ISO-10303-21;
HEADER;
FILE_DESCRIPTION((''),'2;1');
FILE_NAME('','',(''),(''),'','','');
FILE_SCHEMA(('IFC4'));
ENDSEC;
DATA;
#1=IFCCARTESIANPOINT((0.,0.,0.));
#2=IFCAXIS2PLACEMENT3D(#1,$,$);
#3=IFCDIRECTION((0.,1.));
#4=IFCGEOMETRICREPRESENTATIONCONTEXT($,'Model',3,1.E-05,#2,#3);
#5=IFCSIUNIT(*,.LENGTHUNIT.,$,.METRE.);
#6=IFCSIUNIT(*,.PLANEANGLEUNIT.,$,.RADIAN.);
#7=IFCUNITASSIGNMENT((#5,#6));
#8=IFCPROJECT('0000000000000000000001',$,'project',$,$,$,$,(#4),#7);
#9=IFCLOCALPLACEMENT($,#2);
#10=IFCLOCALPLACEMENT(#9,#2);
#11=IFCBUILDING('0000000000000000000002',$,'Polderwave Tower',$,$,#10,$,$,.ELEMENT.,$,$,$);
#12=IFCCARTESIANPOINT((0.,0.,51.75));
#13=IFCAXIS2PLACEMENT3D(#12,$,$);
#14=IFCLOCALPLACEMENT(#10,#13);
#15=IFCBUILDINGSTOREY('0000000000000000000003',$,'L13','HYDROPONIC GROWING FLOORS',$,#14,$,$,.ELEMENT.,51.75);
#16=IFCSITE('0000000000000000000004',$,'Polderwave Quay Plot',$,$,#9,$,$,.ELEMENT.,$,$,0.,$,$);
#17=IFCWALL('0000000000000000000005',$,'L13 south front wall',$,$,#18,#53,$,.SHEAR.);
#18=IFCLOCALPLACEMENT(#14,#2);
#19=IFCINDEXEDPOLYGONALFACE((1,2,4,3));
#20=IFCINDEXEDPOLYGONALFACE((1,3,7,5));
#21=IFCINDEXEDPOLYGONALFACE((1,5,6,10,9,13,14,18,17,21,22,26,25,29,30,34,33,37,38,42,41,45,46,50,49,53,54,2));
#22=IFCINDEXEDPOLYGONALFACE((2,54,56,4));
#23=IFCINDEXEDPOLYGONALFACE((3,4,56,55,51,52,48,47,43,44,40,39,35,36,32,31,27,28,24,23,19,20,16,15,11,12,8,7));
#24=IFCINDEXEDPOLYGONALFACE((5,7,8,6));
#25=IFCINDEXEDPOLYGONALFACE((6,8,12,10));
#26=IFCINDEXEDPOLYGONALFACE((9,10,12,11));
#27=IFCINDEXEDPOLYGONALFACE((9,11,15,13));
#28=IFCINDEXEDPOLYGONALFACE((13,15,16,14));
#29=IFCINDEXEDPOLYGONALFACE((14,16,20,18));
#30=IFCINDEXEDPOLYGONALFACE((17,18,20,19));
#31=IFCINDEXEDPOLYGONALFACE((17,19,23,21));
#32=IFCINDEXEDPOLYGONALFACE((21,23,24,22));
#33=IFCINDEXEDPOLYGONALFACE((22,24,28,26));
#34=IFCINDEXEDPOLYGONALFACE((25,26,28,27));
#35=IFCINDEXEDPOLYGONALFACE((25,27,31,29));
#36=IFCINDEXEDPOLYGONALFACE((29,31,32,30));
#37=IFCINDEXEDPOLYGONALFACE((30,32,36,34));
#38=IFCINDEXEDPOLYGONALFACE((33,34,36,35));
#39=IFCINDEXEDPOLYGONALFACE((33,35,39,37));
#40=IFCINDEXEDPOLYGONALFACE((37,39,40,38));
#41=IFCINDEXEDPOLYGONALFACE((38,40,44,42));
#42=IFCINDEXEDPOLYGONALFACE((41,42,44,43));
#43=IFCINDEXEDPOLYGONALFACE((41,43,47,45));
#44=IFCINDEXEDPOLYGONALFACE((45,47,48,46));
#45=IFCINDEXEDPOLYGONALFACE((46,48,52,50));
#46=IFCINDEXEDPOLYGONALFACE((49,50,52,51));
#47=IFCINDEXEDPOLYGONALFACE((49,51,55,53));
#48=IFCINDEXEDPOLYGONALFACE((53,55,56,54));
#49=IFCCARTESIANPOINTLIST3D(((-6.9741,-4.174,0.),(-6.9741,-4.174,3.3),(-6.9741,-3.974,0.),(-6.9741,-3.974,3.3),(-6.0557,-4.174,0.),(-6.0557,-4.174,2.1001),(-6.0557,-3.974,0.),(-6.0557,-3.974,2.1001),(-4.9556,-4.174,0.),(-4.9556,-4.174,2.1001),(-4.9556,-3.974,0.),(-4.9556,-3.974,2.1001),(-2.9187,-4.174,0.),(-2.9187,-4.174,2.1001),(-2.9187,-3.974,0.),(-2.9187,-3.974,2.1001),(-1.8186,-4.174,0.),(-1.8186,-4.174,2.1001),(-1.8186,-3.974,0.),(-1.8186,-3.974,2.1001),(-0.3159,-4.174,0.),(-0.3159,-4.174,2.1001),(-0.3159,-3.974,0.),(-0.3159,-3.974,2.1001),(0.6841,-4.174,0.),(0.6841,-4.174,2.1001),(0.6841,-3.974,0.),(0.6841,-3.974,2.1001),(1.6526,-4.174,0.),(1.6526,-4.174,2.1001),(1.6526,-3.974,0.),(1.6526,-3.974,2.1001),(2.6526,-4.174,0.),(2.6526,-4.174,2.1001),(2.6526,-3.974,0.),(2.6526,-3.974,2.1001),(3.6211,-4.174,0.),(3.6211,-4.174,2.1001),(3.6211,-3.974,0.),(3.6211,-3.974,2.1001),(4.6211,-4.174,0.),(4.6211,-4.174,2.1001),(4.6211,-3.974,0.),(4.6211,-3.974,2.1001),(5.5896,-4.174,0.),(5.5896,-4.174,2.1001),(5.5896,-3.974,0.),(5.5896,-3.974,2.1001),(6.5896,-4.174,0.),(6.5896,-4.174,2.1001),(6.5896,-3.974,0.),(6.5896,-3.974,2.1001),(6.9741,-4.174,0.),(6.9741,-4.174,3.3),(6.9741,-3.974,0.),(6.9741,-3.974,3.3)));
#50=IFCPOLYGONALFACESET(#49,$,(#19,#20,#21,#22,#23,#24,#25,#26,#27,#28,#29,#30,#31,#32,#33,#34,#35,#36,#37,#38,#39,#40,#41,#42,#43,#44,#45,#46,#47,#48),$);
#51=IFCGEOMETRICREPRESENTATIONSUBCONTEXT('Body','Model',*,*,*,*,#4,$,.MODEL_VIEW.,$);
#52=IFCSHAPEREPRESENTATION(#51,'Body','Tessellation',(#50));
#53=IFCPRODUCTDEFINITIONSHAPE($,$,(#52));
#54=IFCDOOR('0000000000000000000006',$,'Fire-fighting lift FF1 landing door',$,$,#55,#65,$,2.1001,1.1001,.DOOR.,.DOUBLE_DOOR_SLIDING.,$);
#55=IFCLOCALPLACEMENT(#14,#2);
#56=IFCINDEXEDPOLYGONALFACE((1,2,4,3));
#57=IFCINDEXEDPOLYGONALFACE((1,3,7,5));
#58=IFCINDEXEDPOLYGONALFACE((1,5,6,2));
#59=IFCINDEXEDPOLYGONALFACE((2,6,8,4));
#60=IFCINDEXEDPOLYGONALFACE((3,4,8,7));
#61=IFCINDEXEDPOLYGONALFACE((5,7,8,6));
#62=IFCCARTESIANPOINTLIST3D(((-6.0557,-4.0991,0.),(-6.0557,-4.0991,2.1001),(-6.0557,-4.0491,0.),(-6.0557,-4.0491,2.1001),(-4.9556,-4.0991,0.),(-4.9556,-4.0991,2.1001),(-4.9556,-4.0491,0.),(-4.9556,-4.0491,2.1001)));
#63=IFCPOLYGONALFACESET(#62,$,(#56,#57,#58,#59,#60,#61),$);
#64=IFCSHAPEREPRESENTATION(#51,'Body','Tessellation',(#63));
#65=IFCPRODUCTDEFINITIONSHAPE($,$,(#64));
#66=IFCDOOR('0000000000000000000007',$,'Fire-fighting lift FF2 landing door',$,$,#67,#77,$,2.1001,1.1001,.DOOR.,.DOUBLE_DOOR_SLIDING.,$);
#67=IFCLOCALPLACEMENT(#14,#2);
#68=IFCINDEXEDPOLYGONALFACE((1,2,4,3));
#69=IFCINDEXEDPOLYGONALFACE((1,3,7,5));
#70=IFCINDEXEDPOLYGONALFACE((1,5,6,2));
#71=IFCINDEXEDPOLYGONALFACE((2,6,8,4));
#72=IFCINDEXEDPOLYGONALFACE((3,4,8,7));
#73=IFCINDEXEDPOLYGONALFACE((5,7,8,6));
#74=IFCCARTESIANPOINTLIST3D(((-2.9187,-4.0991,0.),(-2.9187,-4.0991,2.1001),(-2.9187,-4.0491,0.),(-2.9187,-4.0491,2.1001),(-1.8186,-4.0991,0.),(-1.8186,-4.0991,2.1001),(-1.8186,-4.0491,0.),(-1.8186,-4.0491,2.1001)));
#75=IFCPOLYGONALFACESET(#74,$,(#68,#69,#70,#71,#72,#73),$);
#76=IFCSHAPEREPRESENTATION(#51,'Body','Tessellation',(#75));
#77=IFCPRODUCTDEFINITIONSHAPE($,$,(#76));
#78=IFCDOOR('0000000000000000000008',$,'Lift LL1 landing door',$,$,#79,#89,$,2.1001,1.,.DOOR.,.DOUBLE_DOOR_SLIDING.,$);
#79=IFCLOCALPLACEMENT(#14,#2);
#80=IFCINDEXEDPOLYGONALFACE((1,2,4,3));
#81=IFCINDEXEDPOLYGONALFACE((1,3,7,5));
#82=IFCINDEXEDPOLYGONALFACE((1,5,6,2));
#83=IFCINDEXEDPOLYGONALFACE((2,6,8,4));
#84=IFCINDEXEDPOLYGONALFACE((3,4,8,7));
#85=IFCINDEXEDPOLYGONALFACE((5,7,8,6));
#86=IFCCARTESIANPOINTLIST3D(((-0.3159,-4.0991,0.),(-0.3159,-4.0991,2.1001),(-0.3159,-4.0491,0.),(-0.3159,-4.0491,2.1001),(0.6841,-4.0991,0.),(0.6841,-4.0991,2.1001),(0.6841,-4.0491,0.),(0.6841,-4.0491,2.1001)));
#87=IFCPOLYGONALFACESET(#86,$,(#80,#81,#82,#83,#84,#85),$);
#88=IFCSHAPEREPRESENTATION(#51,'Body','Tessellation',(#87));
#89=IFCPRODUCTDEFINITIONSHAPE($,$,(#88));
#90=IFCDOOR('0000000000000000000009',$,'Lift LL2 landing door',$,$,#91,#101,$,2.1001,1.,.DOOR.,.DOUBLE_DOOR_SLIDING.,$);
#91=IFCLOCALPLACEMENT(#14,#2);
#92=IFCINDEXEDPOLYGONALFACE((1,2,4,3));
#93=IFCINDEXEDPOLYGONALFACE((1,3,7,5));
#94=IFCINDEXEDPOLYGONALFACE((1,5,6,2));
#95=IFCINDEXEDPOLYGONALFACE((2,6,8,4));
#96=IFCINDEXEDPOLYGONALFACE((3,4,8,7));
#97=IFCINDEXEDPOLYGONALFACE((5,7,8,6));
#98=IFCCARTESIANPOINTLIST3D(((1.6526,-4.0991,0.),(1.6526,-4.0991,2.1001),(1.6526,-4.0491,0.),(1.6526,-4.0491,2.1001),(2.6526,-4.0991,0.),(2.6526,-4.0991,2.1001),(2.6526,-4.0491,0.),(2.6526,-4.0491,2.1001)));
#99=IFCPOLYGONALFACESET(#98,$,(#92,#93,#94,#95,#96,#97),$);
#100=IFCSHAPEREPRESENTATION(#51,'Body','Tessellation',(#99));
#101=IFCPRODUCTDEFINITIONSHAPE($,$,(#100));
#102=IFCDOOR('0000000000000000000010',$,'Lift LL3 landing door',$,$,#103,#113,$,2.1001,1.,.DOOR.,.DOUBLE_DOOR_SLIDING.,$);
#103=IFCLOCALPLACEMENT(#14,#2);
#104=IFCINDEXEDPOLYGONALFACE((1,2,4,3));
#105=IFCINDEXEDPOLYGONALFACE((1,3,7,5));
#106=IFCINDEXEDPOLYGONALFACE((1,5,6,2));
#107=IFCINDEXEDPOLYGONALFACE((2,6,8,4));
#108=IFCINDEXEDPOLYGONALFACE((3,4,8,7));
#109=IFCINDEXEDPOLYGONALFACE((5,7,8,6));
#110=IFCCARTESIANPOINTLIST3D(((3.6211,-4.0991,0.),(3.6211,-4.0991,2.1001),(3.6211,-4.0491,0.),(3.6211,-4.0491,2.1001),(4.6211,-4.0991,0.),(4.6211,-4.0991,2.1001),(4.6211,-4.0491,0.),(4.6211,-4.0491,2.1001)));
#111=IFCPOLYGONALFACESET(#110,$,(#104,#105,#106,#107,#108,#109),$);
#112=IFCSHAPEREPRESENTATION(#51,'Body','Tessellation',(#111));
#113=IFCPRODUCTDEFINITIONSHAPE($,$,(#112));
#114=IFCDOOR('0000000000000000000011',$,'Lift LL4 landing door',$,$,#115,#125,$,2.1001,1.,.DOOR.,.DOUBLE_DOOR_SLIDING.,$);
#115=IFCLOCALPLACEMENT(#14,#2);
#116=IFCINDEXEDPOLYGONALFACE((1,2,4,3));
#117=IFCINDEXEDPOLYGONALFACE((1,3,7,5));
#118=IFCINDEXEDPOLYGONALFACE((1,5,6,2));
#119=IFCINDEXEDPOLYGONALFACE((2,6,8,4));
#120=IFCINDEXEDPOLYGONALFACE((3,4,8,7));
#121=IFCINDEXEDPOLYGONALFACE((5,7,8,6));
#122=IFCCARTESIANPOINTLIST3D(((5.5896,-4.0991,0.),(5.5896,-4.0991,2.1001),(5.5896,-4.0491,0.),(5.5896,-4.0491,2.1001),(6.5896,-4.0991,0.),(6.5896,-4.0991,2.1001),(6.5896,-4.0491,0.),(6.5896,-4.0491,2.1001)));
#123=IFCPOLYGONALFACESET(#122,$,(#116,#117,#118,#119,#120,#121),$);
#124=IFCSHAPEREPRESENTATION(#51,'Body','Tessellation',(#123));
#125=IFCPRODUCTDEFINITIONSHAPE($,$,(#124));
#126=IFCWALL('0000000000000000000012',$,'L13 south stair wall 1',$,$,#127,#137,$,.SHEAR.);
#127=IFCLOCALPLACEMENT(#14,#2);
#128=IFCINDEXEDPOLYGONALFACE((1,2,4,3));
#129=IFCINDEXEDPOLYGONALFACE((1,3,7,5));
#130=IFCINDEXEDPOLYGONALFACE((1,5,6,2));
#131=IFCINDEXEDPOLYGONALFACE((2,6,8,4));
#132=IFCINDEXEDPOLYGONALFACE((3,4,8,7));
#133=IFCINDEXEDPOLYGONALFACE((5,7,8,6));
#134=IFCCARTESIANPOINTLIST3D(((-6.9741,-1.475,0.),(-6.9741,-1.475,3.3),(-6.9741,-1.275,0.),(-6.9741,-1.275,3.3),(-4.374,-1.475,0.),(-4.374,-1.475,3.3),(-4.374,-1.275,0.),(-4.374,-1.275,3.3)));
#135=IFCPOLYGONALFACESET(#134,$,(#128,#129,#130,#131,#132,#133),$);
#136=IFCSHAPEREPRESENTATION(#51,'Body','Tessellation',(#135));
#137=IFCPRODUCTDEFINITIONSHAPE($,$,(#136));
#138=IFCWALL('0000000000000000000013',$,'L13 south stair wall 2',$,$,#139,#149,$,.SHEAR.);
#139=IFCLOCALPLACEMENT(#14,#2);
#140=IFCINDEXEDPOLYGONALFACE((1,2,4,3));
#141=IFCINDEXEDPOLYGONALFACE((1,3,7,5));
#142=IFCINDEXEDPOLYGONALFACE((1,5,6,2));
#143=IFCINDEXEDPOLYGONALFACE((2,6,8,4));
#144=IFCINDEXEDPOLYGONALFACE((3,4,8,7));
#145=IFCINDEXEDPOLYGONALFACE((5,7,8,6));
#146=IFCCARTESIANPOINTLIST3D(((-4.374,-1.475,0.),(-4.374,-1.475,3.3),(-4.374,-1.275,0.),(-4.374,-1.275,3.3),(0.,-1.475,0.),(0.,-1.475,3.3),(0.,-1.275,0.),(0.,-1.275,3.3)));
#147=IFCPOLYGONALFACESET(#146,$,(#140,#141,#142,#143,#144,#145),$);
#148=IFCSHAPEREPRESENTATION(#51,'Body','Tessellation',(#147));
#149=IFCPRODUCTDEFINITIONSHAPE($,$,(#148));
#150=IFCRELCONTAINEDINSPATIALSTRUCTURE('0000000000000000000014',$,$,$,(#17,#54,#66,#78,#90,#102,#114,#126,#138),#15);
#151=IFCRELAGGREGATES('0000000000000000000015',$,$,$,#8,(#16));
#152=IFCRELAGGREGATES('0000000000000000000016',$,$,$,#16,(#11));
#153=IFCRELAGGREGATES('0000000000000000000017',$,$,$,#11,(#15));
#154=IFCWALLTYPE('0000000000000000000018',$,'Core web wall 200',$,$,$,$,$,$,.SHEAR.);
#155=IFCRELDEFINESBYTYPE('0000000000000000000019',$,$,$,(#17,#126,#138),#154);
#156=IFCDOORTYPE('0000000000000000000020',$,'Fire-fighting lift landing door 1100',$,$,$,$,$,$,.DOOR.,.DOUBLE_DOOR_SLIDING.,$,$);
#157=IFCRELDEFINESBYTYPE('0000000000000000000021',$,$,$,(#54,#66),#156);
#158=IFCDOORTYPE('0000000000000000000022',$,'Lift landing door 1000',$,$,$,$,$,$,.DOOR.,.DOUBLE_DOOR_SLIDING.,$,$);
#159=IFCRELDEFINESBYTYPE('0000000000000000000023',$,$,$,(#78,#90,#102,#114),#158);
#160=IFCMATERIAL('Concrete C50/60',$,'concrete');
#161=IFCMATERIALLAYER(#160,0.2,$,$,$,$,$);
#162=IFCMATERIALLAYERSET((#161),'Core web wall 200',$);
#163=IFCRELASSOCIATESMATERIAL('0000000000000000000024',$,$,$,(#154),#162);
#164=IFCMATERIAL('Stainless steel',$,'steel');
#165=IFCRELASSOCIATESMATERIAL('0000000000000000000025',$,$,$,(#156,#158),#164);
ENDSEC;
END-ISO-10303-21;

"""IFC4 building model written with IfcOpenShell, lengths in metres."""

from ifc_helpers import new_model, si_unit, direction, frame, frame_2d, origin, place, context, subcontext, project, spatial, rectangle, extrude, material, layer, layer_set, type_object, element, fill, save


model = new_model("IFC4")

# Units and contexts
model_context = context("Model", 3, precision=1e-05, world=origin(), true_north=direction((0.0, 1.0)))
body_context = subcontext(model_context, "Body", "Model", "MODEL_VIEW")
ifc_project = project(units=[si_unit("LENGTHUNIT", "METRE"), si_unit("PLANEANGLEUNIT", "RADIAN")], contexts=[model_context])

# Site, building, storey
site_placement = place(None, origin())
site = spatial("IfcSite", under=ifc_project, at=site_placement, Name="Polderwave Quay Plot", CompositionType="ELEMENT", RefElevation=0.0)
building_placement = place(site_placement, origin())
building = spatial("IfcBuilding", under=site, at=building_placement, Name="Polderwave Tower", CompositionType="ELEMENT")
storey_placement = place(building_placement, frame((0.0, 0.0, 51.75)))
storey = spatial("IfcBuildingStorey", under=building, at=storey_placement, Name="L13", Description="HYDROPONIC GROWING FLOORS", CompositionType="ELEMENT", Elevation=51.75)

# Wall, openings, doors
ifc_material_1 = material(Name="Concrete C50/60", Category="concrete")
ifc_layer_1 = layer(ifc_material_1, 0.2)
ifc_layer_set_1 = layer_set([ifc_layer_1], Name="Core web wall 200")
wall_type_1 = type_object("IfcWallType", Name="Core web wall 200", PredefinedType="SHEAR", material=ifc_layer_set_1)
wall_1_placement = place(storey_placement, frame((-6.9741, -4.074, 0.0), z_axis=(0.0, 0.0, 1.0), x_axis=(1.0, 0.0, 0.0)))
wall_1 = element("IfcWall", 1, at=wall_1_placement, inside=storey, type_object=wall_type_1, Name="L13 south front wall", PredefinedType="SHEAR", context=body_context, shape_type="SweptSolid", body=[
    extrude(rectangle(XDim=13.9482, YDim=0.2, at=frame_2d((6.9741, 0.0))), origin(), (0.0, 0.0, 1.0), 3.3),
])
opening_1_placement = place(wall_1_placement, frame((0.9185, 0.0, 0.0)))
opening_1 = element("IfcOpeningElement", 2, at=opening_1_placement, cuts=wall_1, PredefinedType="OPENING", context=body_context, shape_type="SweptSolid", body=[
    extrude(rectangle(XDim=1.1001, YDim=2.1001, at=frame_2d((0.55, 1.05))), frame((0.0, 0.1099, 0.0), z_axis=(0.0, -1.0, 0.0), x_axis=(1.0, 0.0, 0.0)), (0.0, 0.0, 1.0), 0.22),
])
opening_2_placement = place(wall_1_placement, frame((4.0554, 0.0, 0.0)))
opening_2 = element("IfcOpeningElement", 3, at=opening_2_placement, cuts=wall_1, PredefinedType="OPENING", context=body_context, shape_type="SweptSolid", body=[
    extrude(rectangle(XDim=1.1001, YDim=2.1001, at=frame_2d((0.55, 1.05))), frame((0.0, 0.1099, 0.0), z_axis=(0.0, -1.0, 0.0), x_axis=(1.0, 0.0, 0.0)), (0.0, 0.0, 1.0), 0.22),
])
opening_3_placement = place(wall_1_placement, frame((6.6582, 0.0, 0.0)))
opening_3 = element("IfcOpeningElement", 4, at=opening_3_placement, cuts=wall_1, PredefinedType="OPENING", context=body_context, shape_type="SweptSolid", body=[
    extrude(rectangle(XDim=1.0, YDim=2.1001, at=frame_2d((0.5, 1.05))), frame((0.0, 0.1099, 0.0), z_axis=(0.0, -1.0, 0.0), x_axis=(1.0, 0.0, 0.0)), (0.0, 0.0, 1.0), 0.22),
])
opening_4_placement = place(wall_1_placement, frame((8.6267, 0.0, 0.0)))
opening_4 = element("IfcOpeningElement", 5, at=opening_4_placement, cuts=wall_1, PredefinedType="OPENING", context=body_context, shape_type="SweptSolid", body=[
    extrude(rectangle(XDim=1.0, YDim=2.1001, at=frame_2d((0.5, 1.05))), frame((0.0, 0.1099, 0.0), z_axis=(0.0, -1.0, 0.0), x_axis=(1.0, 0.0, 0.0)), (0.0, 0.0, 1.0), 0.22),
])
opening_5_placement = place(wall_1_placement, frame((10.5952, 0.0, 0.0)))
opening_5 = element("IfcOpeningElement", 6, at=opening_5_placement, cuts=wall_1, PredefinedType="OPENING", context=body_context, shape_type="SweptSolid", body=[
    extrude(rectangle(XDim=1.0, YDim=2.1001, at=frame_2d((0.5, 1.05))), frame((0.0, 0.1099, 0.0), z_axis=(0.0, -1.0, 0.0), x_axis=(1.0, 0.0, 0.0)), (0.0, 0.0, 1.0), 0.22),
])
opening_6_placement = place(wall_1_placement, frame((12.5637, 0.0, 0.0)))
opening_6 = element("IfcOpeningElement", 7, at=opening_6_placement, cuts=wall_1, PredefinedType="OPENING", context=body_context, shape_type="SweptSolid", body=[
    extrude(rectangle(XDim=1.0, YDim=2.1001, at=frame_2d((0.5, 1.05))), frame((0.0, 0.1099, 0.0), z_axis=(0.0, -1.0, 0.0), x_axis=(1.0, 0.0, 0.0)), (0.0, 0.0, 1.0), 0.22),
])
ifc_material_2 = material(Name="Stainless steel", Category="steel")
door_type_1 = type_object("IfcDoorType", Name="Fire-fighting lift landing door 1100", OperationType="DOUBLE_DOOR_SLIDING", PredefinedType="DOOR", material=ifc_material_2)
door_1_placement = place(opening_1_placement, origin())
door_1 = element("IfcDoor", 8, at=door_1_placement, inside=storey, type_object=door_type_1, Name="Fire-fighting lift FF1 landing door", OperationType="DOUBLE_DOOR_SLIDING", OverallHeight=2.1001, OverallWidth=1.1001, PredefinedType="DOOR", context=body_context, shape_type="SweptSolid", body=[
    extrude(rectangle(XDim=1.1001, YDim=2.1001, at=frame_2d((0.55, 1.05))), frame((0.0, 0.0249, 0.0), z_axis=(0.0, -1.0, 0.0), x_axis=(1.0, 0.0, 0.0)), (0.0, 0.0, 1.0), 0.05),
])
fill(opening_1, door_1)
door_2_placement = place(opening_2_placement, origin())
door_2 = element("IfcDoor", 9, at=door_2_placement, inside=storey, type_object=door_type_1, Name="Fire-fighting lift FF2 landing door", OperationType="DOUBLE_DOOR_SLIDING", OverallHeight=2.1001, OverallWidth=1.1001, PredefinedType="DOOR", context=body_context, shape_type="SweptSolid", body=[
    extrude(rectangle(XDim=1.1001, YDim=2.1001, at=frame_2d((0.55, 1.05))), frame((0.0, 0.0249, 0.0), z_axis=(0.0, -1.0, 0.0), x_axis=(1.0, 0.0, 0.0)), (0.0, 0.0, 1.0), 0.05),
])
fill(opening_2, door_2)
door_type_2 = type_object("IfcDoorType", Name="Lift landing door 1000", OperationType="DOUBLE_DOOR_SLIDING", PredefinedType="DOOR", material=ifc_material_2)
door_3_placement = place(opening_3_placement, origin())
door_3 = element("IfcDoor", 10, at=door_3_placement, inside=storey, type_object=door_type_2, Name="Lift LL1 landing door", OperationType="DOUBLE_DOOR_SLIDING", OverallHeight=2.1001, OverallWidth=1.0, PredefinedType="DOOR", context=body_context, shape_type="SweptSolid", body=[
    extrude(rectangle(XDim=1.0, YDim=2.1001, at=frame_2d((0.5, 1.05))), frame((0.0, 0.0249, 0.0), z_axis=(0.0, -1.0, 0.0), x_axis=(1.0, 0.0, 0.0)), (0.0, 0.0, 1.0), 0.05),
])
fill(opening_3, door_3)
door_4_placement = place(opening_4_placement, origin())
door_4 = element("IfcDoor", 11, at=door_4_placement, inside=storey, type_object=door_type_2, Name="Lift LL2 landing door", OperationType="DOUBLE_DOOR_SLIDING", OverallHeight=2.1001, OverallWidth=1.0, PredefinedType="DOOR", context=body_context, shape_type="SweptSolid", body=[
    extrude(rectangle(XDim=1.0, YDim=2.1001, at=frame_2d((0.5, 1.05))), frame((0.0, 0.0249, 0.0), z_axis=(0.0, -1.0, 0.0), x_axis=(1.0, 0.0, 0.0)), (0.0, 0.0, 1.0), 0.05),
])
fill(opening_4, door_4)
door_5_placement = place(opening_5_placement, origin())
door_5 = element("IfcDoor", 12, at=door_5_placement, inside=storey, type_object=door_type_2, Name="Lift LL3 landing door", OperationType="DOUBLE_DOOR_SLIDING", OverallHeight=2.1001, OverallWidth=1.0, PredefinedType="DOOR", context=body_context, shape_type="SweptSolid", body=[
    extrude(rectangle(XDim=1.0, YDim=2.1001, at=frame_2d((0.5, 1.05))), frame((0.0, 0.0249, 0.0), z_axis=(0.0, -1.0, 0.0), x_axis=(1.0, 0.0, 0.0)), (0.0, 0.0, 1.0), 0.05),
])
fill(opening_5, door_5)
door_6_placement = place(opening_6_placement, origin())
door_6 = element("IfcDoor", 13, at=door_6_placement, inside=storey, type_object=door_type_2, Name="Lift LL4 landing door", OperationType="DOUBLE_DOOR_SLIDING", OverallHeight=2.1001, OverallWidth=1.0, PredefinedType="DOOR", context=body_context, shape_type="SweptSolid", body=[
    extrude(rectangle(XDim=1.0, YDim=2.1001, at=frame_2d((0.5, 1.05))), frame((0.0, 0.0249, 0.0), z_axis=(0.0, -1.0, 0.0), x_axis=(1.0, 0.0, 0.0)), (0.0, 0.0, 1.0), 0.05),
])
fill(opening_6, door_6)

# Walls
wall_2_placement = place(storey_placement, frame((-6.9741, -1.375, 0.0), z_axis=(0.0, 0.0, 1.0), x_axis=(1.0, 0.0, 0.0)))
element("IfcWall", 14, at=wall_2_placement, inside=storey, type_object=wall_type_1, Name="L13 south stair wall 1", PredefinedType="SHEAR", context=body_context, shape_type="SweptSolid", body=[
    extrude(rectangle(XDim=2.6001, YDim=0.2, at=frame_2d((1.3, 0.0))), origin(), (0.0, 0.0, 1.0), 3.3),
])
wall_3_placement = place(storey_placement, frame((-4.374, -1.375, 0.0), z_axis=(0.0, 0.0, 1.0), x_axis=(1.0, 0.0, 0.0)))
element("IfcWall", 15, at=wall_3_placement, inside=storey, type_object=wall_type_1, Name="L13 south stair wall 2", PredefinedType="SHEAR", context=body_context, shape_type="SweptSolid", body=[
    extrude(rectangle(XDim=4.374, YDim=0.2, at=frame_2d((2.187, 0.0))), origin(), (0.0, 0.0, 1.0), 3.3),
])

save(model, "model.ifc")
